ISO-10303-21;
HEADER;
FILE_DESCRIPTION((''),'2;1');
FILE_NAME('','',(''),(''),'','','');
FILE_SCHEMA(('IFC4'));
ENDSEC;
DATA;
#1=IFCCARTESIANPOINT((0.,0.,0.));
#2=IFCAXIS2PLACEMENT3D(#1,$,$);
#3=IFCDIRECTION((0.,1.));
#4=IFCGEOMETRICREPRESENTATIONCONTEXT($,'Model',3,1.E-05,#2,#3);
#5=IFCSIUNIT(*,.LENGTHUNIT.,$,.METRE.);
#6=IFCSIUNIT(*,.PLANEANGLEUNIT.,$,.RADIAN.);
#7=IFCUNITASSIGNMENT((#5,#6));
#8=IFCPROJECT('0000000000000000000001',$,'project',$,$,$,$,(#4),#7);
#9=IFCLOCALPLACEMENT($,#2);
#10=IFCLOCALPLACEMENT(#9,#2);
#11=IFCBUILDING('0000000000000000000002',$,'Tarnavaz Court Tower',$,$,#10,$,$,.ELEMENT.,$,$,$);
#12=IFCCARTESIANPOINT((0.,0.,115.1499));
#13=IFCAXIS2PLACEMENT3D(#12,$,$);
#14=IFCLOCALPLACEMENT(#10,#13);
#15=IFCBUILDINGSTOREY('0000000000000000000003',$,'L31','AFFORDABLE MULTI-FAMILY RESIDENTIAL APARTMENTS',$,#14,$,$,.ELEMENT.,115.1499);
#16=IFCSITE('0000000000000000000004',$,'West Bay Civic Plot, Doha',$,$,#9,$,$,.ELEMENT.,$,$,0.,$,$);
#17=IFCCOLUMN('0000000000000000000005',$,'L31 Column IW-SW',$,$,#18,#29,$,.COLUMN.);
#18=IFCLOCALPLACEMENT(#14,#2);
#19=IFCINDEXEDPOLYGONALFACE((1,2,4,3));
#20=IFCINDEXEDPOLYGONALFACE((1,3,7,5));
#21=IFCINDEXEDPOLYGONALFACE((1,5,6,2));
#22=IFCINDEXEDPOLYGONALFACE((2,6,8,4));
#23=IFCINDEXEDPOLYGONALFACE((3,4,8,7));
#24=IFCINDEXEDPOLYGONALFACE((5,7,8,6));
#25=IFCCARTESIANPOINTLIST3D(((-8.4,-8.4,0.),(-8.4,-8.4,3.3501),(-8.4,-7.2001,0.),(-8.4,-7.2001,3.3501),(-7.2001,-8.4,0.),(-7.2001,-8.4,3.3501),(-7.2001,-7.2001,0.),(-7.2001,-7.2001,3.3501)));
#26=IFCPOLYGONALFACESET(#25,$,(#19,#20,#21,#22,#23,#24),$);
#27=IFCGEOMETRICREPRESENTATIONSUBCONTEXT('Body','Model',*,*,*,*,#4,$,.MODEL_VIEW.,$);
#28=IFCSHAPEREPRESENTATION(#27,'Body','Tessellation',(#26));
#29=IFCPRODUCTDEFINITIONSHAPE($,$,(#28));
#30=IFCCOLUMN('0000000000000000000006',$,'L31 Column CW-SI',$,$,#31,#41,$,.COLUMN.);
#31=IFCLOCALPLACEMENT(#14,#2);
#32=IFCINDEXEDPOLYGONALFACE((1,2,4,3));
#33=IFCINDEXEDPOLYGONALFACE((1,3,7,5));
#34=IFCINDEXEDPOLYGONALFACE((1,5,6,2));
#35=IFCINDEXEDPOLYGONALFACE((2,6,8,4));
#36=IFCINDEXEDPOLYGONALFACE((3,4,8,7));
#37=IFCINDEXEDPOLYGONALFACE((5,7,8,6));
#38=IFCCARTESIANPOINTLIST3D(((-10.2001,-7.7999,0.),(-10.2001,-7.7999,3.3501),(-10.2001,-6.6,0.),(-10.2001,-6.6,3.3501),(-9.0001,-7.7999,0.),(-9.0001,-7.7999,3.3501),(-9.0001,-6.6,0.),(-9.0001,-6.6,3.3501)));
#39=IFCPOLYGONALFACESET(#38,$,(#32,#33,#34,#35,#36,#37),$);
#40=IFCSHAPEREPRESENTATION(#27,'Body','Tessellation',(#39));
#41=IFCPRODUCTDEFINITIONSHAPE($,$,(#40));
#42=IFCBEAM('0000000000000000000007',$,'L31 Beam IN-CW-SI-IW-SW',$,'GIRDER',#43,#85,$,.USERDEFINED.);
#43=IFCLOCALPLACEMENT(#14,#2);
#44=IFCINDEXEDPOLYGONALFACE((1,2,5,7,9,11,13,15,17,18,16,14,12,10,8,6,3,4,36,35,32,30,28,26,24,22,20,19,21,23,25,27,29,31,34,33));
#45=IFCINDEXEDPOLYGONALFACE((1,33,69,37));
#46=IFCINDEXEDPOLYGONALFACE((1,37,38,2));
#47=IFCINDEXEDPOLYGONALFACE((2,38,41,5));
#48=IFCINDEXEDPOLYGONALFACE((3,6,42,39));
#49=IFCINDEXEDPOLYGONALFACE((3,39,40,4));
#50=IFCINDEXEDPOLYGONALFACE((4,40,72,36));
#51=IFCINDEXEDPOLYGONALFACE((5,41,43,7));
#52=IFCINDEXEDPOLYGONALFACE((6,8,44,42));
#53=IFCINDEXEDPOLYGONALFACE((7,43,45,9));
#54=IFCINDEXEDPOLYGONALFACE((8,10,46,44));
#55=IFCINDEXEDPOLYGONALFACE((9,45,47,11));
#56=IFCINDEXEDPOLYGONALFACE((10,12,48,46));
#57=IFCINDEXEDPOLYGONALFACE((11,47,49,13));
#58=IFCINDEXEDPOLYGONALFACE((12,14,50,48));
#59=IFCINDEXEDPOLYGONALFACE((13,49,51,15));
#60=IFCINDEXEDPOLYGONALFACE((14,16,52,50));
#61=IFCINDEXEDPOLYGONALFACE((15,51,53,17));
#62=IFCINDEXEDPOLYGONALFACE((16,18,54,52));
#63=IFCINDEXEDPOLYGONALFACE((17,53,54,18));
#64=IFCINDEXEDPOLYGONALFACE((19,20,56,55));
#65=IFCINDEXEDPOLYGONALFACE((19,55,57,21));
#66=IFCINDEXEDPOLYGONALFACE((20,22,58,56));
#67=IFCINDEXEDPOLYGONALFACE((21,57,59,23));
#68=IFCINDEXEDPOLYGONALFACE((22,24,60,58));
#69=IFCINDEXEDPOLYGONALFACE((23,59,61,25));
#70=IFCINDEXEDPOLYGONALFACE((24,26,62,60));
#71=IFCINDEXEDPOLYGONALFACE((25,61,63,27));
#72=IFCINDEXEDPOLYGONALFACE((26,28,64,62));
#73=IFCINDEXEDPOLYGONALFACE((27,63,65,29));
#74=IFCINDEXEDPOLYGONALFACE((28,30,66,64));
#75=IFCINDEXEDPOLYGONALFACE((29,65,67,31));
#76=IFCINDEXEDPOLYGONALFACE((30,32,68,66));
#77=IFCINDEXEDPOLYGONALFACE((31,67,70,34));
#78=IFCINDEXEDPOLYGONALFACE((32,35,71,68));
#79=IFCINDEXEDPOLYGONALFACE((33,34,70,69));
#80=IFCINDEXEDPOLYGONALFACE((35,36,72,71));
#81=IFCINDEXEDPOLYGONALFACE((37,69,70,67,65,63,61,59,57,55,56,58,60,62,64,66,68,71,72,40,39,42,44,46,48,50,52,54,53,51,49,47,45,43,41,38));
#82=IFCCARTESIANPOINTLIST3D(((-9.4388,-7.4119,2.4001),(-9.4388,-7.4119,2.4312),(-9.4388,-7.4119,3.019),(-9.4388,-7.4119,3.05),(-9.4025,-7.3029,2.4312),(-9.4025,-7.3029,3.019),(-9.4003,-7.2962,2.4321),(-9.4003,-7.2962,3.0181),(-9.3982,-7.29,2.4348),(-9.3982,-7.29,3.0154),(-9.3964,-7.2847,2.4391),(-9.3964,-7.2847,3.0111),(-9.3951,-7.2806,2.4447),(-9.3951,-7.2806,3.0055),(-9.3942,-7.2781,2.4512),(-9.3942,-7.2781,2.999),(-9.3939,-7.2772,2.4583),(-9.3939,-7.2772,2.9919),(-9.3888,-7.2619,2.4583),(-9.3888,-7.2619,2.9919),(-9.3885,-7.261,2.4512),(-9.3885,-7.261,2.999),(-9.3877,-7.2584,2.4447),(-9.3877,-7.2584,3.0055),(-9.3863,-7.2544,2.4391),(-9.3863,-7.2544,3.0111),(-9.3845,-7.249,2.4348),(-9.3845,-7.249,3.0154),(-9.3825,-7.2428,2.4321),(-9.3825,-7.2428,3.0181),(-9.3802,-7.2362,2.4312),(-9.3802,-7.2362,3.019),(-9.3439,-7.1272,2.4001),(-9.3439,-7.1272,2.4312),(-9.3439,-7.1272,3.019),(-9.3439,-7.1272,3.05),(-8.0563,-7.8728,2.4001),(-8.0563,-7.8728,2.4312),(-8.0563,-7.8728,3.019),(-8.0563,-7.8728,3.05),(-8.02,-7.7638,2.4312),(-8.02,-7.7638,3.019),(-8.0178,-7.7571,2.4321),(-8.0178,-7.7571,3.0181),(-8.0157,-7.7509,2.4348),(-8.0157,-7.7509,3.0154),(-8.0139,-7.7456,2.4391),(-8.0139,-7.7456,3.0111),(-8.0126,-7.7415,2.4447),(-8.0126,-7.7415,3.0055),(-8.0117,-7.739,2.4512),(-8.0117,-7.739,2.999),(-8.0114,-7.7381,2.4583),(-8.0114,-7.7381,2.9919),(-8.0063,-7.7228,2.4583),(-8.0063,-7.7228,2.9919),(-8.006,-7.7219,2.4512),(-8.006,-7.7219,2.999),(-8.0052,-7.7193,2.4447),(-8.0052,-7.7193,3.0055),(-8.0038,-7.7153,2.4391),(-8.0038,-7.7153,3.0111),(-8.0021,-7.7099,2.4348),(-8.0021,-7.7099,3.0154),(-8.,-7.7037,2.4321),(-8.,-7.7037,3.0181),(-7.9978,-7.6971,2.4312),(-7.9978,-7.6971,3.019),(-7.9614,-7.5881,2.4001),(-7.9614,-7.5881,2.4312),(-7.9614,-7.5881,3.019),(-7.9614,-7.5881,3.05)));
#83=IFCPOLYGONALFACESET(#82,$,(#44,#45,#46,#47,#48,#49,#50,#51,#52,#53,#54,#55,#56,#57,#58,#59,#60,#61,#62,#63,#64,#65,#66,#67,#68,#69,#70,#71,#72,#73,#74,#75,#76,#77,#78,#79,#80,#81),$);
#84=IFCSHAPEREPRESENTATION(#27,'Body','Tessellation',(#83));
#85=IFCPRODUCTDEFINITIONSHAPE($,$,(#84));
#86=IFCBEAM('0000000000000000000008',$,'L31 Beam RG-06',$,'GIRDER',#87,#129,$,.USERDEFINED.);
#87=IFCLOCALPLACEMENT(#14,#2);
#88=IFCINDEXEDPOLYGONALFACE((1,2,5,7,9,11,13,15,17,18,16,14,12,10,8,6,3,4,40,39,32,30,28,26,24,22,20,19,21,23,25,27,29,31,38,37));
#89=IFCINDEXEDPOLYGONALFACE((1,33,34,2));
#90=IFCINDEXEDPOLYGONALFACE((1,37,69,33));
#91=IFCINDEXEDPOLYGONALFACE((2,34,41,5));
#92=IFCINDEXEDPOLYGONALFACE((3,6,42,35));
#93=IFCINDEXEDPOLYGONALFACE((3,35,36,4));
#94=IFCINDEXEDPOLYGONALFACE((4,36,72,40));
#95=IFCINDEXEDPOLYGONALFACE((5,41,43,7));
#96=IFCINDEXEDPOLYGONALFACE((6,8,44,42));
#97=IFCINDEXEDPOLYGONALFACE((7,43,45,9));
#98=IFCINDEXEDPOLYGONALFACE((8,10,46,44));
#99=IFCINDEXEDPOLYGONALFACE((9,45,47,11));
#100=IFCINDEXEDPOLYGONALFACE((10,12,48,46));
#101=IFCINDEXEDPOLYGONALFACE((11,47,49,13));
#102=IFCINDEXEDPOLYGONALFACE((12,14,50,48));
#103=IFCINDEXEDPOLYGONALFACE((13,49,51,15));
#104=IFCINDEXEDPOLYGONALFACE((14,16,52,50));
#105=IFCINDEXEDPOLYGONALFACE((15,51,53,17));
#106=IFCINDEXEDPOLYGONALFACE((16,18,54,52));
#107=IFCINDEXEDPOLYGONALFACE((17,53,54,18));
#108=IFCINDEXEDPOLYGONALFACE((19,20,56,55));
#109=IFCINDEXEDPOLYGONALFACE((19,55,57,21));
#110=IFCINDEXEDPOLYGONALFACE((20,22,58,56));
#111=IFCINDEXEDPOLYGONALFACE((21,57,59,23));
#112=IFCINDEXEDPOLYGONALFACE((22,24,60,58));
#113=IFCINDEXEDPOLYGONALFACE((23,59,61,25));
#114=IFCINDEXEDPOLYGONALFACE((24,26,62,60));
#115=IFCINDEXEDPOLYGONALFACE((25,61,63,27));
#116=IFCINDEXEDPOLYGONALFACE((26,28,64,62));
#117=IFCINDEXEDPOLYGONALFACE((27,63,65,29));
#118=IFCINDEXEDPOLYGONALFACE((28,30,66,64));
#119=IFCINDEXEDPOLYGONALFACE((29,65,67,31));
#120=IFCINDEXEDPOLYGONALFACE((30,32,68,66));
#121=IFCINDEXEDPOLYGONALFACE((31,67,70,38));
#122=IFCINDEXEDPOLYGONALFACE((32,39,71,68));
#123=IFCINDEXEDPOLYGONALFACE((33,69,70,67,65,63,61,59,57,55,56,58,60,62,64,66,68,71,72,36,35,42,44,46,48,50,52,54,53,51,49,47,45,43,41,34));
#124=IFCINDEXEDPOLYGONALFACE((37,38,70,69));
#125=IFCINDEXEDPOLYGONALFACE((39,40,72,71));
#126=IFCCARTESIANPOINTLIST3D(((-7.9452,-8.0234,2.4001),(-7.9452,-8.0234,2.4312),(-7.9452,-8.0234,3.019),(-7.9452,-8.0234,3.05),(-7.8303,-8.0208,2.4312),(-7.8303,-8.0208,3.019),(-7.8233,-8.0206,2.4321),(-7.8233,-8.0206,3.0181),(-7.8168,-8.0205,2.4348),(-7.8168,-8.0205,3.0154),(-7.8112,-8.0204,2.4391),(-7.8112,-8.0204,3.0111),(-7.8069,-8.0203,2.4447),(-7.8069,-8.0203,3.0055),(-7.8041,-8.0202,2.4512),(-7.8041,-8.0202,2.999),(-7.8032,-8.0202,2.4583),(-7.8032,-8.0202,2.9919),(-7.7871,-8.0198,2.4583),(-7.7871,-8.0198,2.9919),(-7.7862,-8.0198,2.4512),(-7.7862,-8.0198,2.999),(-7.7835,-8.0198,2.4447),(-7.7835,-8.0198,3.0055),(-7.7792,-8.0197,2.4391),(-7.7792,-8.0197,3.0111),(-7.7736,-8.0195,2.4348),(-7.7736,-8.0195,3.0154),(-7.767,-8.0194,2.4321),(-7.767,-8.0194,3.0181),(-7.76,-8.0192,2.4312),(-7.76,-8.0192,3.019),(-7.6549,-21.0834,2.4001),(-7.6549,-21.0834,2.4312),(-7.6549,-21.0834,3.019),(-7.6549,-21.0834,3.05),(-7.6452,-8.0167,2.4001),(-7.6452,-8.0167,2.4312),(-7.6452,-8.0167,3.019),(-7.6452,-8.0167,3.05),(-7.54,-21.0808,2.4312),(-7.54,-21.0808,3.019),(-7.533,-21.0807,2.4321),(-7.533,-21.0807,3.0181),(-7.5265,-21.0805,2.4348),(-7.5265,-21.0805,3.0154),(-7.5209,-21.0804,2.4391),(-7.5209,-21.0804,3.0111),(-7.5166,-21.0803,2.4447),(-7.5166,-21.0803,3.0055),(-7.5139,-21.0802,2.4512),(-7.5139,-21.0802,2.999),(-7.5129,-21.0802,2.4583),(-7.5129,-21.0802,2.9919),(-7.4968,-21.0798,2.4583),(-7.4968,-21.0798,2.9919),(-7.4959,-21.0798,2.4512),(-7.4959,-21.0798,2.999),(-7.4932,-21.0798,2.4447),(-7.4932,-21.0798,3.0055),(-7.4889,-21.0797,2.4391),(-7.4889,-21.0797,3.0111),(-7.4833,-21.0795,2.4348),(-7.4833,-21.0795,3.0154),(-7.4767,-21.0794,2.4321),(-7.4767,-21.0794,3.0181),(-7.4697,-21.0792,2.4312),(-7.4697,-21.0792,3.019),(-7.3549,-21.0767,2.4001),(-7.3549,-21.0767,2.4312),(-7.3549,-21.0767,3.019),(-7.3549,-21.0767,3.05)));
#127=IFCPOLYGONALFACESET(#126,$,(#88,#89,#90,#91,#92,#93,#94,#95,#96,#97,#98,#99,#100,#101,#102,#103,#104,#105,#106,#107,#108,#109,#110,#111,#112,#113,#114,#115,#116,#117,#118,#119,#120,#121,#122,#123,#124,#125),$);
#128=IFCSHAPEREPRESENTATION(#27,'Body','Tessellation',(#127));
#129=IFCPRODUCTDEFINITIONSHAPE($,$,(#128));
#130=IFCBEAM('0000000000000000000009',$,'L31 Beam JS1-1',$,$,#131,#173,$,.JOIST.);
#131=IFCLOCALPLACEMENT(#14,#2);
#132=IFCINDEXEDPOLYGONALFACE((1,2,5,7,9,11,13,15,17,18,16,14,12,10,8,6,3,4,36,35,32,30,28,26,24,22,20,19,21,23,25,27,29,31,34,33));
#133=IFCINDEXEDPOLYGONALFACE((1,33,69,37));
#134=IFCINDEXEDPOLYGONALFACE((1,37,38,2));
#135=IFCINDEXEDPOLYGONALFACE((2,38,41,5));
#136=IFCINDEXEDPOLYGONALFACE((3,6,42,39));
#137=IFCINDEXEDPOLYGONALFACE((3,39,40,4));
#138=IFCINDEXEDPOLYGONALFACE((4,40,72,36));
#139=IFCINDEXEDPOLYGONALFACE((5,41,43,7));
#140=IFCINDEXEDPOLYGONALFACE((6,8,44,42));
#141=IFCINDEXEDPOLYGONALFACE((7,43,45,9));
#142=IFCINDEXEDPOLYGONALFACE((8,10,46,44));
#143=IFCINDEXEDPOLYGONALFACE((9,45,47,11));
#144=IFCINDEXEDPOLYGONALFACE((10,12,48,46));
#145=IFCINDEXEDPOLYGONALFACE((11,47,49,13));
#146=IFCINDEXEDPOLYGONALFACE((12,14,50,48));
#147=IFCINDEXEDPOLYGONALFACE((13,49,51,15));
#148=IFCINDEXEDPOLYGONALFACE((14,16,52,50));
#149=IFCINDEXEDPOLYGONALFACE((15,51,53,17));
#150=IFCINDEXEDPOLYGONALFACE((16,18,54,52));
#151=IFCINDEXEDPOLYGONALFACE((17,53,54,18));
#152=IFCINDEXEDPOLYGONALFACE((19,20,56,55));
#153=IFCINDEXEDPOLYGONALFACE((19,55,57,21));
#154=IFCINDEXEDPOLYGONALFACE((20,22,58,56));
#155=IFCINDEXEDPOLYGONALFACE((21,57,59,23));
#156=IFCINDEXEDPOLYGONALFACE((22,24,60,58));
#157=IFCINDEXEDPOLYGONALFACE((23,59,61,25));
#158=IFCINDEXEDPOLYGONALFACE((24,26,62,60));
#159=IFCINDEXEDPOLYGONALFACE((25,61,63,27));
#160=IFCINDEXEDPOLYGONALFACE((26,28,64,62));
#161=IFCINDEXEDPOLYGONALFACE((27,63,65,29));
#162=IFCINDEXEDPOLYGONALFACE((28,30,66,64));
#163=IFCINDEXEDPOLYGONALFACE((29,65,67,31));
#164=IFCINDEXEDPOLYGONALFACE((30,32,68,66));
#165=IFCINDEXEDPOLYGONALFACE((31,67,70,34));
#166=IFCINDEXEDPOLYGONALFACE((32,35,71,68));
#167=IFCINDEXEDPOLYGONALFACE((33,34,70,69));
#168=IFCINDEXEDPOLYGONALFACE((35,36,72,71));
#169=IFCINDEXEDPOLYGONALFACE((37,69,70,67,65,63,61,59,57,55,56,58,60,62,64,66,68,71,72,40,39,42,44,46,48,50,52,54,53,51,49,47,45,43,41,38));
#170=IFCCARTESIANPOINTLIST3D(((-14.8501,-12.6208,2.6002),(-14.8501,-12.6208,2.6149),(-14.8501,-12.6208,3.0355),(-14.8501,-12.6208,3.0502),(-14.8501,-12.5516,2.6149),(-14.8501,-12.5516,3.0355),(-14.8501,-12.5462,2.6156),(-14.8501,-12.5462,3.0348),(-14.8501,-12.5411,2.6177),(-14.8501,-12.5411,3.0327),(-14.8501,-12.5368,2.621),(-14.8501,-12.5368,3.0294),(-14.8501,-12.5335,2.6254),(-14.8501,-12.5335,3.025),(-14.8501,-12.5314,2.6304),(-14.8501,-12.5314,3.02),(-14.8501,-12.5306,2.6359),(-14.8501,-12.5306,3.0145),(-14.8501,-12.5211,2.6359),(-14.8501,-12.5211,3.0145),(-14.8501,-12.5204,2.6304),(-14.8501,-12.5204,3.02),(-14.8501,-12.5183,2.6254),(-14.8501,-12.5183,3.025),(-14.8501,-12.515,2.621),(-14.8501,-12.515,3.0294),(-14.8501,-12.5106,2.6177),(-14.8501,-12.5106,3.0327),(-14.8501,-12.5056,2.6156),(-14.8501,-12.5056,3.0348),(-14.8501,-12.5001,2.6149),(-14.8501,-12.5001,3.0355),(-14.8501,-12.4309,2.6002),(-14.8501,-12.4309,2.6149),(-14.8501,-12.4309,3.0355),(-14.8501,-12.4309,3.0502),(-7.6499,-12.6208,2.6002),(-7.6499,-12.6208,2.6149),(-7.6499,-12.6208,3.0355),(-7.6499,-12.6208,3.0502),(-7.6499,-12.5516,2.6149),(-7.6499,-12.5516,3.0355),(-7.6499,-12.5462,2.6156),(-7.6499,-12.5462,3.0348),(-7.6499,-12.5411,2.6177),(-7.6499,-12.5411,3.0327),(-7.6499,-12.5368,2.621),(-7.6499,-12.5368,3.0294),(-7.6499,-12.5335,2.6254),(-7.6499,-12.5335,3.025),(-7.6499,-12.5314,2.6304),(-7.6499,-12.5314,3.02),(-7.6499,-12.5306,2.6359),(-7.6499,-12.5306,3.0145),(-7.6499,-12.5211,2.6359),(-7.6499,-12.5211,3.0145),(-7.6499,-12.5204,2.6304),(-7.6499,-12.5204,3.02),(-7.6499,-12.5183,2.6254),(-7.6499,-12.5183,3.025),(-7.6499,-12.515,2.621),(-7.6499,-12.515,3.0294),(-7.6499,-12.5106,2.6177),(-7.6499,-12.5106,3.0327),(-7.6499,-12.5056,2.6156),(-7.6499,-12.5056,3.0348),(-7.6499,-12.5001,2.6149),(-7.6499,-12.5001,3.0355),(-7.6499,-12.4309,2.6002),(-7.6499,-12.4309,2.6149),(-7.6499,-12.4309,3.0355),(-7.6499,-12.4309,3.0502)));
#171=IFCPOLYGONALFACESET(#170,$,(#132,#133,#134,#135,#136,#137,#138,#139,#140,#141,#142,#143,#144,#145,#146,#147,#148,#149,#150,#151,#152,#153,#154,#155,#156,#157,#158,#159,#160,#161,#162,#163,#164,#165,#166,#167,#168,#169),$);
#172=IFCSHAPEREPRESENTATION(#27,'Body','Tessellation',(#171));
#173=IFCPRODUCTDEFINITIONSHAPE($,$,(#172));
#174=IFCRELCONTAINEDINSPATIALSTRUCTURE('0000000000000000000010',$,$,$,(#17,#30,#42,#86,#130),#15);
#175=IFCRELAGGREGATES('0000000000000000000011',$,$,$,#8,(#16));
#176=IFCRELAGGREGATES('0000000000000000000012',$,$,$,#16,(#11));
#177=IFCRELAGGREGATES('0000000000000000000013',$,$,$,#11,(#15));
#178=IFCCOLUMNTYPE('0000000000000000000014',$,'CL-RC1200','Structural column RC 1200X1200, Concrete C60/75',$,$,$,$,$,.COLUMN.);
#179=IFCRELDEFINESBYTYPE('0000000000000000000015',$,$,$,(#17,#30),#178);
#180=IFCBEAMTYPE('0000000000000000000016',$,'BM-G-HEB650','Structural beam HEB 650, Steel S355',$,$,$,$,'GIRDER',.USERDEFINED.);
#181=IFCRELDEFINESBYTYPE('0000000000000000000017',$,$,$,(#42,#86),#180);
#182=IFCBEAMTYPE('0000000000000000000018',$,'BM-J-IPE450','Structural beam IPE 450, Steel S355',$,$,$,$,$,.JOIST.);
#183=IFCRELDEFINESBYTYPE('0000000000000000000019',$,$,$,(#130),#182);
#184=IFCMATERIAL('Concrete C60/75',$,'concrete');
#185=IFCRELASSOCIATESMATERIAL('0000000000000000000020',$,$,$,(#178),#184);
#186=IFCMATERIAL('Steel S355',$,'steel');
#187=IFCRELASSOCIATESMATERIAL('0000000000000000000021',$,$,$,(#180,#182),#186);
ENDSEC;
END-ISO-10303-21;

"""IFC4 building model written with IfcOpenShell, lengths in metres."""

from ifc_helpers import new_model, si_unit, direction, frame, origin, origin_2d, place, context, subcontext, project, spatial, rectangle, i_section, extrude, material, material_profile, profile_set, type_object, element, save


model = new_model("IFC4")

# Units and contexts
model_context = context("Model", 3, precision=1e-05, world=origin(), true_north=direction((0.0, 1.0)))
body_context = subcontext(model_context, "Body", "Model", "MODEL_VIEW")
ifc_project = project(units=[si_unit("LENGTHUNIT", "METRE"), si_unit("PLANEANGLEUNIT", "RADIAN")], contexts=[model_context])

# Site, building, storey
site_placement = place(None, origin())
site = spatial("IfcSite", under=ifc_project, at=site_placement, Name="West Bay Civic Plot, Doha", CompositionType="ELEMENT", RefElevation=0.0)
building_placement = place(site_placement, origin())
building = spatial("IfcBuilding", under=site, at=building_placement, Name="Tarnavaz Court Tower", CompositionType="ELEMENT")
storey_placement = place(building_placement, frame((0.0, 0.0, 115.1499)))
storey = spatial("IfcBuildingStorey", under=building, at=storey_placement, Name="L31", Description="AFFORDABLE MULTI-FAMILY RESIDENTIAL APARTMENTS", CompositionType="ELEMENT", Elevation=115.1499)

# Columns
ifc_material_1 = material(Name="Concrete C60/75", Category="concrete")
ifc_material_profile_1 = material_profile(ifc_material_1, rectangle(XDim=1.2, YDim=1.2, at=origin_2d()), Name="RC 1200X1200")
ifc_profile_set_1 = profile_set([ifc_material_profile_1], Name="Concrete C60/75")
column_type = type_object("IfcColumnType", Name="CL-RC1200", Description="Structural column RC 1200X1200, Concrete C60/75", PredefinedType="COLUMN", material=ifc_profile_set_1)
for number, where, z_axis, x_axis, name in (
    (1, (-7.8, -7.8, 0.0), (0.0, 0.0, 1.0), (1.0, 0.0, 0.0), "L31 Column IW-SW"),
    (2, (-9.6001, -7.2, 0.0), (0.0, 0.0, 1.0), (1.0, 0.0, 0.0), "L31 Column CW-SI"),
):
    element("IfcColumn", number, at=place(storey_placement, frame(where, z_axis=z_axis, x_axis=x_axis)), inside=storey, type_object=column_type, Name=name, PredefinedType="COLUMN", context=body_context, shape_type="SweptSolid", body=[
        extrude(rectangle(XDim=1.2, YDim=1.2, at=origin_2d()), origin(), (0.0, 0.0, 1.0), 3.3501),
    ])

# Beams
ifc_material_2 = material(Name="Steel S355", Category="steel")
ifc_material_profile_2 = material_profile(ifc_material_2, i_section(OverallWidth=0.3, OverallDepth=0.6499, WebThickness=0.0161, FlangeThickness=0.031, FilletRadius=0.0271, at=origin_2d()), Name="HEB 650")
ifc_profile_set_2 = profile_set([ifc_material_profile_2], Name="Steel S355")
beam_type_1 = type_object("IfcBeamType", Name="BM-G-HEB650", Description="Structural beam HEB 650, Steel S355", ElementType="GIRDER", PredefinedType="USERDEFINED", material=ifc_profile_set_2)
beam_1_placement = place(storey_placement, frame((-9.3914, -7.2695, 2.7251), z_axis=(0.948667, -0.316278, 0.0), x_axis=(0.316278, 0.948667, 0.0)))
element("IfcBeam", 3, at=beam_1_placement, inside=storey, type_object=beam_type_1, Name="L31 Beam IN-CW-SI-IW-SW", ObjectType="GIRDER", PredefinedType="USERDEFINED", context=body_context, shape_type="SweptSolid", body=[
    extrude(i_section(OverallWidth=0.3, OverallDepth=0.6499, WebThickness=0.0161, FlangeThickness=0.031, FilletRadius=0.0271, at=origin_2d()), origin(), (0.0, 0.0, 1.0), 1.4573),
])
beam_2_placement = place(storey_placement, frame((-7.7952, -8.02, 2.7251), z_axis=(0.022221, -0.999753, 0.0), x_axis=(0.999753, 0.022221, 0.0)))
element("IfcBeam", 4, at=beam_2_placement, inside=storey, type_object=beam_type_1, Name="L31 Beam RG-06", ObjectType="GIRDER", PredefinedType="USERDEFINED", context=body_context, shape_type="SweptSolid", body=[
    extrude(i_section(OverallWidth=0.3, OverallDepth=0.6499, WebThickness=0.0161, FlangeThickness=0.031, FilletRadius=0.0271, at=origin_2d()), origin(), (0.0, 0.0, 1.0), 13.0632),
])
ifc_material_profile_3 = material_profile(ifc_material_2, i_section(OverallWidth=0.1899, OverallDepth=0.45, WebThickness=0.0095, FlangeThickness=0.0146, FilletRadius=0.021, at=origin_2d()), Name="IPE 450")
ifc_profile_set_3 = profile_set([ifc_material_profile_3], Name="Steel S355")
beam_type_2 = type_object("IfcBeamType", Name="BM-J-IPE450", Description="Structural beam IPE 450, Steel S355", PredefinedType="JOIST", material=ifc_profile_set_3)
beam_3_placement = place(storey_placement, frame((-14.8501, -12.5259, 2.8252), z_axis=(1.0, 0.0, 0.0), x_axis=(0.0, 1.0, 0.0)))
element("IfcBeam", 5, at=beam_3_placement, inside=storey, type_object=beam_type_2, Name="L31 Beam JS1-1", PredefinedType="JOIST", context=body_context, shape_type="SweptSolid", body=[
    extrude(i_section(OverallWidth=0.1899, OverallDepth=0.45, WebThickness=0.0095, FlangeThickness=0.0146, FilletRadius=0.021, at=origin_2d()), origin(), (0.0, 0.0, 1.0), 7.2002),
])

save(model, "model.ifc")
